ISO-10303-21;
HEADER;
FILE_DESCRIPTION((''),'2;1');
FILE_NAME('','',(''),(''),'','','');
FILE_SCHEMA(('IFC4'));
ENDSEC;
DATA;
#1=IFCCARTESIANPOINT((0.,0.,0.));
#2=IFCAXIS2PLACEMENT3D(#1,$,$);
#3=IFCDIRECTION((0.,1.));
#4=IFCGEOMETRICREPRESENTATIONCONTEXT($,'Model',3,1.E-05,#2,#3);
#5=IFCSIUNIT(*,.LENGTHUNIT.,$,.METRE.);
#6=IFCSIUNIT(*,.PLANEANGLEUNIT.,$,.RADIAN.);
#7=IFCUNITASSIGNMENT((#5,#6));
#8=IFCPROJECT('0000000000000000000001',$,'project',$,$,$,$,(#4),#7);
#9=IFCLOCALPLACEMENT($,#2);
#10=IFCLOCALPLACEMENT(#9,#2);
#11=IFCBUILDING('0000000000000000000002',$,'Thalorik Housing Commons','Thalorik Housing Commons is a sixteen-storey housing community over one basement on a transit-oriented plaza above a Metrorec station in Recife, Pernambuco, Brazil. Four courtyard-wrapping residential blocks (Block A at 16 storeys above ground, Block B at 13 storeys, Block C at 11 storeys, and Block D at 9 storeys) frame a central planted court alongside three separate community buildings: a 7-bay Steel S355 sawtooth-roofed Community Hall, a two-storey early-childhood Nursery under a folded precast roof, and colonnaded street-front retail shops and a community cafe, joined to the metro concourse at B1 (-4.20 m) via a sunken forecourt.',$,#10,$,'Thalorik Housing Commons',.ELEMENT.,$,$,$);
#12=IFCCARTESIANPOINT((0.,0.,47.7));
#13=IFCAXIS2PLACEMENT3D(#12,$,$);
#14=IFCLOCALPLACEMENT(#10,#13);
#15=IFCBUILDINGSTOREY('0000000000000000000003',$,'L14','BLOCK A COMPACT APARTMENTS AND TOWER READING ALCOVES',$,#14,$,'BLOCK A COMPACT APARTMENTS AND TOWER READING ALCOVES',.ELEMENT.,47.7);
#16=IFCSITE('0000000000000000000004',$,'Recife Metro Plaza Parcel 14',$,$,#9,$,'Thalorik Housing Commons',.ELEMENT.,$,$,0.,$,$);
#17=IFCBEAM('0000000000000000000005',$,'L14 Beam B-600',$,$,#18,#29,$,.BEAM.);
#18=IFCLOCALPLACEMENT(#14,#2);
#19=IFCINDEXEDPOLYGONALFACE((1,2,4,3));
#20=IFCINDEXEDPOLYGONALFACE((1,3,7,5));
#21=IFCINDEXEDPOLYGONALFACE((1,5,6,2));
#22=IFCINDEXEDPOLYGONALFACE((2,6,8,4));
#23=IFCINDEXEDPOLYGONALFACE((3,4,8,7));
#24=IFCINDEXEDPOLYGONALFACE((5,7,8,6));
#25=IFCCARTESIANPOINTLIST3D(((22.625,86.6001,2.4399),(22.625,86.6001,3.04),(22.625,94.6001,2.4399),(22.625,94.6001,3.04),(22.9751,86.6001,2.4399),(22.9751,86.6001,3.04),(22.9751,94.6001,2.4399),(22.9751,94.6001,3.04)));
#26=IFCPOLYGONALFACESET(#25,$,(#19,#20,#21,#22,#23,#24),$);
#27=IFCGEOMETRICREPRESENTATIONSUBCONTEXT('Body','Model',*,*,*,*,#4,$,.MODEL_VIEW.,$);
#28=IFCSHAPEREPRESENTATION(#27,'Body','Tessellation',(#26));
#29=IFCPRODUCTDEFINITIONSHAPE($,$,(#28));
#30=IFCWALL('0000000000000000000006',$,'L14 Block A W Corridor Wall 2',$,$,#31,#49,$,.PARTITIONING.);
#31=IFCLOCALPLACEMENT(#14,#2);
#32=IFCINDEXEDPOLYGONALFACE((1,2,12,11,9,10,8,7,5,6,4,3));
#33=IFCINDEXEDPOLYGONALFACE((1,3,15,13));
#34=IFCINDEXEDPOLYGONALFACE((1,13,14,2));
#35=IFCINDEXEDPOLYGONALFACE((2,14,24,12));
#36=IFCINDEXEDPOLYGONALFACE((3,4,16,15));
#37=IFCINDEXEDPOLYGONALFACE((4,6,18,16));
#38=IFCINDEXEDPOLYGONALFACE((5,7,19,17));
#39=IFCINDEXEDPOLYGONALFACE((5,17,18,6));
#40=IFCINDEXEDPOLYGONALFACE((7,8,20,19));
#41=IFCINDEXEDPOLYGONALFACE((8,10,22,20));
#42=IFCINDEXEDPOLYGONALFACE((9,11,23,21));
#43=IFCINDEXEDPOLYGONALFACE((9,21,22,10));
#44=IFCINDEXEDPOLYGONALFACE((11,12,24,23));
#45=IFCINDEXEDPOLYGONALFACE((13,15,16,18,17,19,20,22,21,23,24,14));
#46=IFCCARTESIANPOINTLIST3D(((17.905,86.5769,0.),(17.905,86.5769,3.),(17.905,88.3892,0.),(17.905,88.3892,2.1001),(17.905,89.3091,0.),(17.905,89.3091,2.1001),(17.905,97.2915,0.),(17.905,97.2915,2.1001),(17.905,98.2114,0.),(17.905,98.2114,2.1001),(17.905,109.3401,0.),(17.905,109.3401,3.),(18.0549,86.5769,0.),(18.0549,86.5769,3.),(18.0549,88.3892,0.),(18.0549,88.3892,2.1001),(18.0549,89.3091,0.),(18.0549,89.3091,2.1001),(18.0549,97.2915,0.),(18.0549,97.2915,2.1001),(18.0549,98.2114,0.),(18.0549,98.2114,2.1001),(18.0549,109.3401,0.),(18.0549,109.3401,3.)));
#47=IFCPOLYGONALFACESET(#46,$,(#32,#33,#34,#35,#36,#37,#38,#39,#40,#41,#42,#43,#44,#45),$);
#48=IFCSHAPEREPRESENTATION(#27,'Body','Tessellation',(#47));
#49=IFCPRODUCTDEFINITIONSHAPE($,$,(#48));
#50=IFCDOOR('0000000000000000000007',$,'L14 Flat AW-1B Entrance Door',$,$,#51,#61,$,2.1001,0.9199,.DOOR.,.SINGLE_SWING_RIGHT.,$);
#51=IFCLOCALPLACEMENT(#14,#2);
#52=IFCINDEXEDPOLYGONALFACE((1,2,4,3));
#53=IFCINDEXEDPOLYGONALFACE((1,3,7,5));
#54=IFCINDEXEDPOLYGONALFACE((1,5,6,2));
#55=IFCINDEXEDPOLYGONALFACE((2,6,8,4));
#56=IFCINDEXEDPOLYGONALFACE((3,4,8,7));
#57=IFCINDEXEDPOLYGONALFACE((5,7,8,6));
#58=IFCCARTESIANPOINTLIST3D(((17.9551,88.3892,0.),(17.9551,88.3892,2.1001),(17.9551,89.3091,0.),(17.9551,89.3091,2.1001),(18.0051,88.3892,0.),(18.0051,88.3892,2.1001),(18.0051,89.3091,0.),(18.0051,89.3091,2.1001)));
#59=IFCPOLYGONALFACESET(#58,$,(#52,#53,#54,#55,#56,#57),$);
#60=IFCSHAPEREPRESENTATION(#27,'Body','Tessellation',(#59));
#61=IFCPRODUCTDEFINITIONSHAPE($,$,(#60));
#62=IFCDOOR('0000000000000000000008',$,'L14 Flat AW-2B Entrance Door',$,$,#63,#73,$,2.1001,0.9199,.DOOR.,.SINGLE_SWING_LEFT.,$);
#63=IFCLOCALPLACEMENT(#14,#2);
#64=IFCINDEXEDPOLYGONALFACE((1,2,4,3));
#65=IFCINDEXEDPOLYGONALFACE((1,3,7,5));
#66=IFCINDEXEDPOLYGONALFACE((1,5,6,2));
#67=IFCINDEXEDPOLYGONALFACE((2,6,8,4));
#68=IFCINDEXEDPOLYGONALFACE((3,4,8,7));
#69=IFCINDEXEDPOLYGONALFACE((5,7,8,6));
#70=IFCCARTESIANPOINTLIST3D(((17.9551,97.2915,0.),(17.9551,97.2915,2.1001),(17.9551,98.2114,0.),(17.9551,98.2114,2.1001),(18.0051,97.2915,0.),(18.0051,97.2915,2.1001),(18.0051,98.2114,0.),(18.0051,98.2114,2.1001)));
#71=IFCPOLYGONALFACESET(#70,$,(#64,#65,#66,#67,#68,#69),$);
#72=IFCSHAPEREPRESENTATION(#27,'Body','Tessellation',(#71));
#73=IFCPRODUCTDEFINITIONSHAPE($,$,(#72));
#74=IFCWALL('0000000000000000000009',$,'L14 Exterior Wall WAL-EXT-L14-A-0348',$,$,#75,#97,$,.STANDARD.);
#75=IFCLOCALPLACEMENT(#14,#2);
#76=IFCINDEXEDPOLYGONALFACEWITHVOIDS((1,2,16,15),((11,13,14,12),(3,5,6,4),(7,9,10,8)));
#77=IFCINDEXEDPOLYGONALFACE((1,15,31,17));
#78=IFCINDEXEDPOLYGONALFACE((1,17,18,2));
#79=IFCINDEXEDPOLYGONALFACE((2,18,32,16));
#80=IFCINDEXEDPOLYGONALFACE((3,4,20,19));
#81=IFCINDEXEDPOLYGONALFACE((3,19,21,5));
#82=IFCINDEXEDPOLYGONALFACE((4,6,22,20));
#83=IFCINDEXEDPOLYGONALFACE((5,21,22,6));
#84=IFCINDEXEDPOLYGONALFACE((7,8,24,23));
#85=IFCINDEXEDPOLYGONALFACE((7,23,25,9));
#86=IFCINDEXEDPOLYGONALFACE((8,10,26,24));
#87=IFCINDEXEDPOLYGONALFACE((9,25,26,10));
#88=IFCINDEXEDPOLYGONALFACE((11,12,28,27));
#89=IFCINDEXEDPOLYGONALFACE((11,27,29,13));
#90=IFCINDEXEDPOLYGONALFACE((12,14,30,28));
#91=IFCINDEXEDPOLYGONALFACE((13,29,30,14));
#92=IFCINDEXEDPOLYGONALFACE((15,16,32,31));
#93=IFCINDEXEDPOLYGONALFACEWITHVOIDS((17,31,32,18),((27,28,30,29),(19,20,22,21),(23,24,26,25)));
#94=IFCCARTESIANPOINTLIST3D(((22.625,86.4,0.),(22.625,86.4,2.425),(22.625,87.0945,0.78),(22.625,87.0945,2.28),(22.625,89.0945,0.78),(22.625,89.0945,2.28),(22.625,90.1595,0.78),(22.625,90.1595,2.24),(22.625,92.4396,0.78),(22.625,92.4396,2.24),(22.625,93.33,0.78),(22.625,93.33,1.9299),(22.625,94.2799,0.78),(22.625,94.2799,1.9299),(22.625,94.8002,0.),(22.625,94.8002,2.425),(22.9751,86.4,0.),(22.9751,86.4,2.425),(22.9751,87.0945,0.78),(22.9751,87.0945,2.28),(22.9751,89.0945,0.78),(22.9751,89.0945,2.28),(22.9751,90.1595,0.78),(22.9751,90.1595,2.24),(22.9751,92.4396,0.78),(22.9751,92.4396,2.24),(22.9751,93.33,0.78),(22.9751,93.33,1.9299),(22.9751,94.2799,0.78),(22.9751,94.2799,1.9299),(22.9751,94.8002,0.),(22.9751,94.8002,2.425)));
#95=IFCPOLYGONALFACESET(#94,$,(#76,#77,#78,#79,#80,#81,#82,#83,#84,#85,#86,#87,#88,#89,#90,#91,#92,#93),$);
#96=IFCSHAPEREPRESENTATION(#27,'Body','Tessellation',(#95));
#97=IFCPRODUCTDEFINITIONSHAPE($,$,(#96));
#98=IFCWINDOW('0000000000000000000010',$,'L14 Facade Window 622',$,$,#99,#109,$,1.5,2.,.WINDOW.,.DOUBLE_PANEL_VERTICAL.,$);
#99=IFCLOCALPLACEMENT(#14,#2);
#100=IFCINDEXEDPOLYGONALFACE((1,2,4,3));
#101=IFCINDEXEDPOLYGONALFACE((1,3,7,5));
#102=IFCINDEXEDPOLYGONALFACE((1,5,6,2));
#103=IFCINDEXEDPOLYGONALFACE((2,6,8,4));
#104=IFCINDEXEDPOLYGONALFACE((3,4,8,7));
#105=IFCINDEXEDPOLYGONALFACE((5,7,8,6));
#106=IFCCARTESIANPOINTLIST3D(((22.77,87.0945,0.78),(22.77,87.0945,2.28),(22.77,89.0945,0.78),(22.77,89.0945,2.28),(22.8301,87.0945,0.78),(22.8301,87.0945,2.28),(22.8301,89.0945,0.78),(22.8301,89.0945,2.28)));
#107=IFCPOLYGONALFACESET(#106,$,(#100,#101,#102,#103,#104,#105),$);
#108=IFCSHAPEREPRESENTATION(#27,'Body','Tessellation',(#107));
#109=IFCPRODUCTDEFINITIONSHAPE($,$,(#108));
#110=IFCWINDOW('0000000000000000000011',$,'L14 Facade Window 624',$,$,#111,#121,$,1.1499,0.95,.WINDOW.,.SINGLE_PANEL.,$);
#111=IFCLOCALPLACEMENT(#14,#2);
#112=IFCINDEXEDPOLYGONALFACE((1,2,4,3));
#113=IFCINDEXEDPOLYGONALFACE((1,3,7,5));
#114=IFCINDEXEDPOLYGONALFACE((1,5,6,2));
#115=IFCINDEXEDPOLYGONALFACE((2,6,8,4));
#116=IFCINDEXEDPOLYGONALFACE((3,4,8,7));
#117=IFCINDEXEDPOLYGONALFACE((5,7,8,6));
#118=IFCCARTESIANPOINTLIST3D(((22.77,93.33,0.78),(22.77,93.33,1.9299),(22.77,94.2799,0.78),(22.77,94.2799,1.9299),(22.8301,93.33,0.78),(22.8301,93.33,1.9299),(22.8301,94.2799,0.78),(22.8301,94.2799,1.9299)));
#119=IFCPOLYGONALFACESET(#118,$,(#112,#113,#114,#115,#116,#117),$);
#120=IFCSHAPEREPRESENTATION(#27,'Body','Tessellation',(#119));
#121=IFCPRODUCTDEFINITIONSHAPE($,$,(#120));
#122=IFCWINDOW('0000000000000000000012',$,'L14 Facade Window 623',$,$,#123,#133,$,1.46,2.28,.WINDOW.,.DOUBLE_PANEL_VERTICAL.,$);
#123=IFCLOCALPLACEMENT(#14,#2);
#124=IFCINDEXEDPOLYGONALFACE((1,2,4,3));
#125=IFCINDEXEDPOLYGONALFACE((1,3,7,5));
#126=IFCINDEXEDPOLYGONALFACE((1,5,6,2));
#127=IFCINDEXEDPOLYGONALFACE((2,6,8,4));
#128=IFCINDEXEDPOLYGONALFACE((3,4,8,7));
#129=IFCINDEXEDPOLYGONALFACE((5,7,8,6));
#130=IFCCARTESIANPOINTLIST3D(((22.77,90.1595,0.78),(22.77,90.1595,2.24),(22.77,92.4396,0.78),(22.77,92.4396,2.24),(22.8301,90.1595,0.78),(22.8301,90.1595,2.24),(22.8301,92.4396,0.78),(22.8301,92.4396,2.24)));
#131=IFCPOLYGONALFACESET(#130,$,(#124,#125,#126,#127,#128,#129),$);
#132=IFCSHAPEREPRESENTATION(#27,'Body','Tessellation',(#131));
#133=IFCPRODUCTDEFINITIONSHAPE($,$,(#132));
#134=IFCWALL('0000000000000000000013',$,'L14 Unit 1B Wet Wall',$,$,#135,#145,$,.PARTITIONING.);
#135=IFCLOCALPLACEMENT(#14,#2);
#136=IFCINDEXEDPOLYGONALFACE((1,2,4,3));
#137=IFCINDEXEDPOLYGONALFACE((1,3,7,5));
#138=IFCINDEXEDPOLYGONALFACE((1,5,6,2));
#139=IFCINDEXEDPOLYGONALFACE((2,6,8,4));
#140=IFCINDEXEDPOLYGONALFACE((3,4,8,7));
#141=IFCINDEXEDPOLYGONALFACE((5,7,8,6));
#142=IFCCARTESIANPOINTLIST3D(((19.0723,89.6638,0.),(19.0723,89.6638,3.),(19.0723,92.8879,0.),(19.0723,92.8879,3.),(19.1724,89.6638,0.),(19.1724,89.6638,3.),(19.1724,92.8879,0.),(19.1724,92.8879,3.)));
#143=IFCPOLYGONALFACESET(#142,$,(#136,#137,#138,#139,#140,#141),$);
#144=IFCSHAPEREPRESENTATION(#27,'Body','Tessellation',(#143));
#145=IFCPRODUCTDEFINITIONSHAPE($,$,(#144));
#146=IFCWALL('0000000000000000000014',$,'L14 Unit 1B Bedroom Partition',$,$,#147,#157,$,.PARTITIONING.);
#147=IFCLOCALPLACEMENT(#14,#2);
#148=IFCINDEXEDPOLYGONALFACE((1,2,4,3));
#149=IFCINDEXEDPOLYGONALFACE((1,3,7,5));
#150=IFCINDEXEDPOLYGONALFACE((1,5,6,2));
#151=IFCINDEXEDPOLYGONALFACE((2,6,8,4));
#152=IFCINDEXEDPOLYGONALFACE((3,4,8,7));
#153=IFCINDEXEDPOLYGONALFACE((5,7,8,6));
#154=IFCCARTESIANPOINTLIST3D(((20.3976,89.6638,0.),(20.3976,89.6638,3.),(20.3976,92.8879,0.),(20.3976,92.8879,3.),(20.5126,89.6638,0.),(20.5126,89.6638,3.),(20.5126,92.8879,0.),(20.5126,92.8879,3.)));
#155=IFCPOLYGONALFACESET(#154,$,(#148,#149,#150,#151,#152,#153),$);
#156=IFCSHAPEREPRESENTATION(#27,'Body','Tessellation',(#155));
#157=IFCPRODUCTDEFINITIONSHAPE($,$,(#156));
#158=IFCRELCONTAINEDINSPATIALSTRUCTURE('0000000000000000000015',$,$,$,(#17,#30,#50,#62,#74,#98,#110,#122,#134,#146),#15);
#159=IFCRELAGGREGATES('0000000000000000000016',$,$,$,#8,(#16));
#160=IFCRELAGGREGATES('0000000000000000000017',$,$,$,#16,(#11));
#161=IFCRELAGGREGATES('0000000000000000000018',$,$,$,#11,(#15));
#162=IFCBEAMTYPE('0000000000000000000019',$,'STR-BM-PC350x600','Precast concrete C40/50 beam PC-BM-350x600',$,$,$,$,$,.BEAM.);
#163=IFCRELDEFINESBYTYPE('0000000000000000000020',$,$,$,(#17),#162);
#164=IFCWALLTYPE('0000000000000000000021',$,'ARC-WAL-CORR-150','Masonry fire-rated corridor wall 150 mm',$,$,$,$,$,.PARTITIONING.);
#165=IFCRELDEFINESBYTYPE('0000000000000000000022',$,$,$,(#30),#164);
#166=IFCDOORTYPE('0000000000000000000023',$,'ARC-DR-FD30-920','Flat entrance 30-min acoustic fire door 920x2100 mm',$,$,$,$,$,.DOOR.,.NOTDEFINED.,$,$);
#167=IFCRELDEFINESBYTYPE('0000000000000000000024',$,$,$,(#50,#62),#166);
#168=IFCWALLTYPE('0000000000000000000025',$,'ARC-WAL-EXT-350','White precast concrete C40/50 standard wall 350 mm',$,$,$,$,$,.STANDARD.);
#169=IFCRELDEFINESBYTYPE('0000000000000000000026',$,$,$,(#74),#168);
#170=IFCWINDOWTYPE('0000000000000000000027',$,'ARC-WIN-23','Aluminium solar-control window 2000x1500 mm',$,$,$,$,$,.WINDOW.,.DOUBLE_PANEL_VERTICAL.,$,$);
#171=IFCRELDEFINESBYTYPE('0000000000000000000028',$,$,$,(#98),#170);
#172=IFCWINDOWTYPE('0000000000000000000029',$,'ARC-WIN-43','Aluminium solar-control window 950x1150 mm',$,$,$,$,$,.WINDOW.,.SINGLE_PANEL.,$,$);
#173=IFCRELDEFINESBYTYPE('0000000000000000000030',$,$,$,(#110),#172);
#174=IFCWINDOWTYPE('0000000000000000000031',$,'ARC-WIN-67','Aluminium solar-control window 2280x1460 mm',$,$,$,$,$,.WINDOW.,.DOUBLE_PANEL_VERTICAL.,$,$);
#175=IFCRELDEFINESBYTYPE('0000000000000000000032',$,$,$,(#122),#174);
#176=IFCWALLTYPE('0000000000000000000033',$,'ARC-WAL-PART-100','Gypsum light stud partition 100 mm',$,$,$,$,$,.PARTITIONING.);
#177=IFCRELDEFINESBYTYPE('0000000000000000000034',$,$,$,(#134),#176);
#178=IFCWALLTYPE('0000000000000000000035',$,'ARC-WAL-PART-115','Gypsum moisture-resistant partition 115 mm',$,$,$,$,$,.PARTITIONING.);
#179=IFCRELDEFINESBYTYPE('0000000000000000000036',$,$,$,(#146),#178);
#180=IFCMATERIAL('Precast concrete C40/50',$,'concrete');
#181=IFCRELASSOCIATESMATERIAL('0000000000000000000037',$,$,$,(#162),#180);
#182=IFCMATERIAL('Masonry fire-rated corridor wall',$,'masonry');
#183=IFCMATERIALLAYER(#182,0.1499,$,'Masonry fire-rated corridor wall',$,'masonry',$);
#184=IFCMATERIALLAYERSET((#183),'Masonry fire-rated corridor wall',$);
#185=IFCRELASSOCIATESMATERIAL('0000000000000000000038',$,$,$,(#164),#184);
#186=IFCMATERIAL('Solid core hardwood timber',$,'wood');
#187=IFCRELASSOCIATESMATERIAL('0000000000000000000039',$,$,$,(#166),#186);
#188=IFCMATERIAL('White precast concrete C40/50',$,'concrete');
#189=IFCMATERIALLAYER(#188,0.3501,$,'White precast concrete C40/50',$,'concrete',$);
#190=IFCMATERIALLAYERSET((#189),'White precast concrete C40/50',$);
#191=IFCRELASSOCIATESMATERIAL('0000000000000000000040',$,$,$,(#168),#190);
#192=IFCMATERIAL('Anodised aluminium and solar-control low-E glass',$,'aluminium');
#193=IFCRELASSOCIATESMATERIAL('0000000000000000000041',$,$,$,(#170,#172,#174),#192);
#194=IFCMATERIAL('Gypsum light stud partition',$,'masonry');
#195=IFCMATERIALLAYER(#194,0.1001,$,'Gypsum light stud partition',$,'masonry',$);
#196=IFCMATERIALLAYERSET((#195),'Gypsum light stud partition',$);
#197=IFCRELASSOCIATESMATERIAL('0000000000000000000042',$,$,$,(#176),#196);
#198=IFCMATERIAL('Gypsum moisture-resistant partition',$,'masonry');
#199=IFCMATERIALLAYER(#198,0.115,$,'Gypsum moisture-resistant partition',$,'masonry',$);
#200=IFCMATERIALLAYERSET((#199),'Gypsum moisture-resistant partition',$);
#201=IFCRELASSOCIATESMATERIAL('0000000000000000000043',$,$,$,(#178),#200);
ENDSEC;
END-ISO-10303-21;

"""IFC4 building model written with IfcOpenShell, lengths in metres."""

from ifc_helpers import new_model, si_unit, direction, frame, frame_2d, origin, origin_2d, place, context, subcontext, project, spatial, rectangle, extrude, material, layer, layer_set, material_profile, profile_set, type_object, element, fill, save


model = new_model("IFC4")

# Units and contexts
model_context = context("Model", 3, precision=1e-05, world=origin(), true_north=direction((0.0, 1.0)))
body_context = subcontext(model_context, "Body", "Model", "MODEL_VIEW")
ifc_project = project(units=[si_unit("LENGTHUNIT", "METRE"), si_unit("PLANEANGLEUNIT", "RADIAN")], contexts=[model_context])

# Site, building, storey
site_placement = place(None, origin())
site = spatial("IfcSite", under=ifc_project, at=site_placement, Name="Recife Metro Plaza Parcel 14", LongName="Thalorik Housing Commons", CompositionType="ELEMENT", RefElevation=0.0)
building_placement = place(site_placement, origin())
building = spatial("IfcBuilding", under=site, at=building_placement, Name="Thalorik Housing Commons", Description="Thalorik Housing Commons is a sixteen-storey housing community over one basement on a transit-oriented plaza above a Metrorec station in Recife, Pernambuco, Brazil. Four courtyard-wrapping residential blocks (Block A at 16 storeys above ground, Block B at 13 storeys, Block C at 11 storeys, and Block D at 9 storeys) frame a central planted court alongside three separate community buildings: a 7-bay Steel S355 sawtooth-roofed Community Hall, a two-storey early-childhood Nursery under a folded precast roof, and colonnaded street-front retail shops and a community cafe, joined to the metro concourse at B1 (-4.20 m) via a sunken forecourt.", LongName="Thalorik Housing Commons", CompositionType="ELEMENT")
storey_placement = place(building_placement, frame((0.0, 0.0, 47.7)))
storey = spatial("IfcBuildingStorey", under=building, at=storey_placement, Name="L14", Description="BLOCK A COMPACT APARTMENTS AND TOWER READING ALCOVES", LongName="BLOCK A COMPACT APARTMENTS AND TOWER READING ALCOVES", CompositionType="ELEMENT", Elevation=47.7)

# Beam
ifc_material_1 = material(Name="Precast concrete C40/50", Category="concrete")
ifc_material_profile = material_profile(ifc_material_1, rectangle(XDim=0.3501, YDim=0.6001, at=origin_2d()), Name="PC 350x600", Category="concrete")
ifc_profile_set = profile_set([ifc_material_profile], Name="Precast concrete C40/50")
beam_type = type_object("IfcBeamType", Name="STR-BM-PC350x600", Description="Precast concrete C40/50 beam PC-BM-350x600", PredefinedType="BEAM", material=ifc_profile_set)
beam_placement = place(storey_placement, frame((22.8, 86.6001, 2.74), z_axis=(0.0, 1.0, 0.0), x_axis=(-1.0, 0.0, 0.0)))
element("IfcBeam", 1, at=beam_placement, inside=storey, type_object=beam_type, Name="L14 Beam B-600", PredefinedType="BEAM", context=body_context, shape_type="SweptSolid", body=[
    extrude(rectangle(XDim=0.3501, YDim=0.6001, at=origin_2d()), origin(), (0.0, 0.0, 1.0), 8.0),
])

# Wall, openings, doors
ifc_material_2 = material(Name="Masonry fire-rated corridor wall", Category="masonry")
ifc_layer_1 = layer(ifc_material_2, 0.1499, Name="Masonry fire-rated corridor wall", Category="masonry")
ifc_layer_set_1 = layer_set([ifc_layer_1], Name="Masonry fire-rated corridor wall")
wall_type_1 = type_object("IfcWallType", Name="ARC-WAL-CORR-150", Description="Masonry fire-rated corridor wall 150 mm", PredefinedType="PARTITIONING", material=ifc_layer_set_1)
wall_1_placement = place(storey_placement, frame((17.98, 86.5769, 0.0), z_axis=(0.0, 0.0, 1.0), x_axis=(0.0, 1.0, 0.0)))
wall_1 = element("IfcWall", 2, at=wall_1_placement, inside=storey, type_object=wall_type_1, Name="L14 Block A W Corridor Wall 2", PredefinedType="PARTITIONING", context=body_context, shape_type="SweptSolid", body=[
    extrude(rectangle(XDim=22.7632, YDim=0.1499, at=frame_2d((11.3816, 0.0))), origin(), (0.0, 0.0, 1.0), 3.0),
])
opening_1_placement = place(wall_1_placement, frame((1.8123, 0.0, 0.0)))
opening_1 = element("IfcOpeningElement", 3, at=opening_1_placement, cuts=wall_1, PredefinedType="OPENING", context=body_context, shape_type="SweptSolid", body=[
    extrude(rectangle(XDim=0.9199, YDim=2.1001, at=frame_2d((0.46, 1.05))), frame((0.0, 0.085, 0.0), z_axis=(0.0, -1.0, 0.0), x_axis=(1.0, 0.0, 0.0)), (0.0, 0.0, 1.0), 0.1699),
])
opening_2_placement = place(wall_1_placement, frame((10.7146, 0.0, 0.0)))
opening_2 = element("IfcOpeningElement", 4, at=opening_2_placement, cuts=wall_1, PredefinedType="OPENING", context=body_context, shape_type="SweptSolid", body=[
    extrude(rectangle(XDim=0.9199, YDim=2.1001, at=frame_2d((0.46, 1.05))), frame((0.0, 0.085, 0.0), z_axis=(0.0, -1.0, 0.0), x_axis=(1.0, 0.0, 0.0)), (0.0, 0.0, 1.0), 0.1699),
])
ifc_material_3 = material(Name="Solid core hardwood timber", Category="wood")
door_type_1 = type_object("IfcDoorType", Name="ARC-DR-FD30-920", Description="Flat entrance 30-min acoustic fire door 920x2100 mm", OperationType="NOTDEFINED", PredefinedType="DOOR", material=ifc_material_3)
door_1_placement = place(opening_1_placement, origin())
door_1 = element("IfcDoor", 5, at=door_1_placement, inside=storey, type_object=door_type_1, Name="L14 Flat AW-1B Entrance Door", OperationType="SINGLE_SWING_RIGHT", OverallHeight=2.1001, OverallWidth=0.9199, PredefinedType="DOOR", context=body_context, shape_type="SweptSolid", body=[
    extrude(rectangle(XDim=0.9199, YDim=2.1001, at=frame_2d((0.46, 1.05))), frame((0.0, 0.0249, 0.0), z_axis=(0.0, -1.0, 0.0), x_axis=(1.0, 0.0, 0.0)), (0.0, 0.0, 1.0), 0.05),
])
fill(opening_1, door_1)
door_2_placement = place(opening_2_placement, origin())
door_2 = element("IfcDoor", 6, at=door_2_placement, inside=storey, type_object=door_type_1, Name="L14 Flat AW-2B Entrance Door", OperationType="SINGLE_SWING_LEFT", OverallHeight=2.1001, OverallWidth=0.9199, PredefinedType="DOOR", context=body_context, shape_type="SweptSolid", body=[
    extrude(rectangle(XDim=0.9199, YDim=2.1001, at=frame_2d((0.46, 1.05))), frame((0.0, 0.0249, 0.0), z_axis=(0.0, -1.0, 0.0), x_axis=(1.0, 0.0, 0.0)), (0.0, 0.0, 1.0), 0.05),
])
fill(opening_2, door_2)

# Wall, openings, windows
ifc_material_4 = material(Name="White precast concrete C40/50", Category="concrete")
ifc_layer_2 = layer(ifc_material_4, 0.3501, Name="White precast concrete C40/50", Category="concrete")
ifc_layer_set_2 = layer_set([ifc_layer_2], Name="White precast concrete C40/50")
wall_type_2 = type_object("IfcWallType", Name="ARC-WAL-EXT-350", Description="White precast concrete C40/50 standard wall 350 mm", PredefinedType="STANDARD", material=ifc_layer_set_2)
wall_2_placement = place(storey_placement, frame((22.8, 86.3999, 0.0), z_axis=(0.0, 0.0, 1.0), x_axis=(0.0, 1.0, 0.0)))
wall_2 = element("IfcWall", 7, at=wall_2_placement, inside=storey, type_object=wall_type_2, Name="L14 Exterior Wall WAL-EXT-L14-A-0348", PredefinedType="STANDARD", context=body_context, shape_type="SweptSolid", body=[
    extrude(rectangle(XDim=8.4001, YDim=0.3501, at=frame_2d((4.2002, 0.0))), origin(), (0.0, 0.0, 1.0), 2.425),
])
opening_3_placement = place(wall_2_placement, frame((0.6946, 0.0, 0.78)))
opening_3 = element("IfcOpeningElement", 8, at=opening_3_placement, cuts=wall_2, PredefinedType="OPENING", context=body_context, shape_type="SweptSolid", body=[
    extrude(rectangle(XDim=2.0, YDim=1.5, at=frame_2d((1.0, 0.75))), frame((0.0, 0.1851, 0.0), z_axis=(0.0, -1.0, 0.0), x_axis=(1.0, 0.0, 0.0)), (0.0, 0.0, 1.0), 0.3701),
])
opening_4_placement = place(wall_2_placement, frame((3.7595, 0.0, 0.78)))
opening_4 = element("IfcOpeningElement", 9, at=opening_4_placement, cuts=wall_2, PredefinedType="OPENING", context=body_context, shape_type="SweptSolid", body=[
    extrude(rectangle(XDim=2.28, YDim=1.46, at=frame_2d((1.1401, 0.73))), frame((0.0, 0.1851, 0.0), z_axis=(0.0, -1.0, 0.0), x_axis=(1.0, 0.0, 0.0)), (0.0, 0.0, 1.0), 0.3701),
])
opening_5_placement = place(wall_2_placement, frame((6.9299, 0.0, 0.78)))
opening_5 = element("IfcOpeningElement", 10, at=opening_5_placement, cuts=wall_2, PredefinedType="OPENING", context=body_context, shape_type="SweptSolid", body=[
    extrude(rectangle(XDim=0.95, YDim=1.1499, at=frame_2d((0.4751, 0.575))), frame((0.0, 0.1851, 0.0), z_axis=(0.0, -1.0, 0.0), x_axis=(1.0, 0.0, 0.0)), (0.0, 0.0, 1.0), 0.3701),
])
ifc_material_5 = material(Name="Anodised aluminium and solar-control low-E glass", Category="aluminium")
window_type_1 = type_object("IfcWindowType", Name="ARC-WIN-23", Description="Aluminium solar-control window 2000x1500 mm", PartitioningType="DOUBLE_PANEL_VERTICAL", PredefinedType="WINDOW", material=ifc_material_5)
window_1_placement = place(opening_3_placement, origin())
window_1 = element("IfcWindow", 11, at=window_1_placement, inside=storey, type_object=window_type_1, Name="L14 Facade Window 622", OverallHeight=1.5, OverallWidth=2.0, PartitioningType="DOUBLE_PANEL_VERTICAL", PredefinedType="WINDOW", context=body_context, shape_type="SweptSolid", body=[
    extrude(rectangle(XDim=2.0, YDim=1.5, at=frame_2d((1.0, 0.75))), frame((0.0, 0.03, 0.0), z_axis=(0.0, -1.0, 0.0), x_axis=(1.0, 0.0, 0.0)), (0.0, 0.0, 1.0), 0.0601),
])
fill(opening_3, window_1)
window_type_2 = type_object("IfcWindowType", Name="ARC-WIN-43", Description="Aluminium solar-control window 950x1150 mm", PartitioningType="SINGLE_PANEL", PredefinedType="WINDOW", material=ifc_material_5)
window_2_placement = place(opening_5_placement, origin())
window_2 = element("IfcWindow", 12, at=window_2_placement, inside=storey, type_object=window_type_2, Name="L14 Facade Window 624", OverallHeight=1.1499, OverallWidth=0.95, PartitioningType="SINGLE_PANEL", PredefinedType="WINDOW", context=body_context, shape_type="SweptSolid", body=[
    extrude(rectangle(XDim=0.95, YDim=1.1499, at=frame_2d((0.4751, 0.575))), frame((0.0, 0.03, 0.0), z_axis=(0.0, -1.0, 0.0), x_axis=(1.0, 0.0, 0.0)), (0.0, 0.0, 1.0), 0.0601),
])
fill(opening_5, window_2)
window_type_3 = type_object("IfcWindowType", Name="ARC-WIN-67", Description="Aluminium solar-control window 2280x1460 mm", PartitioningType="DOUBLE_PANEL_VERTICAL", PredefinedType="WINDOW", material=ifc_material_5)
window_3_placement = place(opening_4_placement, origin())
window_3 = element("IfcWindow", 13, at=window_3_placement, inside=storey, type_object=window_type_3, Name="L14 Facade Window 623", OverallHeight=1.46, OverallWidth=2.28, PartitioningType="DOUBLE_PANEL_VERTICAL", PredefinedType="WINDOW", context=body_context, shape_type="SweptSolid", body=[
    extrude(rectangle(XDim=2.28, YDim=1.46, at=frame_2d((1.1401, 0.73))), frame((0.0, 0.03, 0.0), z_axis=(0.0, -1.0, 0.0), x_axis=(1.0, 0.0, 0.0)), (0.0, 0.0, 1.0), 0.0601),
])
fill(opening_4, window_3)

# Walls
ifc_material_6 = material(Name="Gypsum light stud partition", Category="masonry")
ifc_layer_3 = layer(ifc_material_6, 0.1001, Name="Gypsum light stud partition", Category="masonry")
ifc_layer_set_3 = layer_set([ifc_layer_3], Name="Gypsum light stud partition")
wall_type_3 = type_object("IfcWallType", Name="ARC-WAL-PART-100", Description="Gypsum light stud partition 100 mm", PredefinedType="PARTITIONING", material=ifc_layer_set_3)
wall_3_placement = place(storey_placement, frame((19.1223, 89.6638, 0.0), z_axis=(0.0, 0.0, 1.0), x_axis=(0.0, 1.0, 0.0)))
element("IfcWall", 14, at=wall_3_placement, inside=storey, type_object=wall_type_3, Name="L14 Unit 1B Wet Wall", PredefinedType="PARTITIONING", context=body_context, shape_type="SweptSolid", body=[
    extrude(rectangle(XDim=3.2241, YDim=0.1001, at=frame_2d((1.6121, 0.0))), origin(), (0.0, 0.0, 1.0), 3.0),
])
ifc_material_7 = material(Name="Gypsum moisture-resistant partition", Category="masonry")
ifc_layer_4 = layer(ifc_material_7, 0.115, Name="Gypsum moisture-resistant partition", Category="masonry")
ifc_layer_set_4 = layer_set([ifc_layer_4], Name="Gypsum moisture-resistant partition")
wall_type_4 = type_object("IfcWallType", Name="ARC-WAL-PART-115", Description="Gypsum moisture-resistant partition 115 mm", PredefinedType="PARTITIONING", material=ifc_layer_set_4)
wall_4_placement = place(storey_placement, frame((20.4551, 89.6638, 0.0), z_axis=(0.0, 0.0, 1.0), x_axis=(0.0, 1.0, 0.0)))
element("IfcWall", 15, at=wall_4_placement, inside=storey, type_object=wall_type_4, Name="L14 Unit 1B Bedroom Partition", PredefinedType="PARTITIONING", context=body_context, shape_type="SweptSolid", body=[
    extrude(rectangle(XDim=3.2241, YDim=0.115, at=frame_2d((1.6121, 0.0))), origin(), (0.0, 0.0, 1.0), 3.0),
])

save(model, "model.ifc")
